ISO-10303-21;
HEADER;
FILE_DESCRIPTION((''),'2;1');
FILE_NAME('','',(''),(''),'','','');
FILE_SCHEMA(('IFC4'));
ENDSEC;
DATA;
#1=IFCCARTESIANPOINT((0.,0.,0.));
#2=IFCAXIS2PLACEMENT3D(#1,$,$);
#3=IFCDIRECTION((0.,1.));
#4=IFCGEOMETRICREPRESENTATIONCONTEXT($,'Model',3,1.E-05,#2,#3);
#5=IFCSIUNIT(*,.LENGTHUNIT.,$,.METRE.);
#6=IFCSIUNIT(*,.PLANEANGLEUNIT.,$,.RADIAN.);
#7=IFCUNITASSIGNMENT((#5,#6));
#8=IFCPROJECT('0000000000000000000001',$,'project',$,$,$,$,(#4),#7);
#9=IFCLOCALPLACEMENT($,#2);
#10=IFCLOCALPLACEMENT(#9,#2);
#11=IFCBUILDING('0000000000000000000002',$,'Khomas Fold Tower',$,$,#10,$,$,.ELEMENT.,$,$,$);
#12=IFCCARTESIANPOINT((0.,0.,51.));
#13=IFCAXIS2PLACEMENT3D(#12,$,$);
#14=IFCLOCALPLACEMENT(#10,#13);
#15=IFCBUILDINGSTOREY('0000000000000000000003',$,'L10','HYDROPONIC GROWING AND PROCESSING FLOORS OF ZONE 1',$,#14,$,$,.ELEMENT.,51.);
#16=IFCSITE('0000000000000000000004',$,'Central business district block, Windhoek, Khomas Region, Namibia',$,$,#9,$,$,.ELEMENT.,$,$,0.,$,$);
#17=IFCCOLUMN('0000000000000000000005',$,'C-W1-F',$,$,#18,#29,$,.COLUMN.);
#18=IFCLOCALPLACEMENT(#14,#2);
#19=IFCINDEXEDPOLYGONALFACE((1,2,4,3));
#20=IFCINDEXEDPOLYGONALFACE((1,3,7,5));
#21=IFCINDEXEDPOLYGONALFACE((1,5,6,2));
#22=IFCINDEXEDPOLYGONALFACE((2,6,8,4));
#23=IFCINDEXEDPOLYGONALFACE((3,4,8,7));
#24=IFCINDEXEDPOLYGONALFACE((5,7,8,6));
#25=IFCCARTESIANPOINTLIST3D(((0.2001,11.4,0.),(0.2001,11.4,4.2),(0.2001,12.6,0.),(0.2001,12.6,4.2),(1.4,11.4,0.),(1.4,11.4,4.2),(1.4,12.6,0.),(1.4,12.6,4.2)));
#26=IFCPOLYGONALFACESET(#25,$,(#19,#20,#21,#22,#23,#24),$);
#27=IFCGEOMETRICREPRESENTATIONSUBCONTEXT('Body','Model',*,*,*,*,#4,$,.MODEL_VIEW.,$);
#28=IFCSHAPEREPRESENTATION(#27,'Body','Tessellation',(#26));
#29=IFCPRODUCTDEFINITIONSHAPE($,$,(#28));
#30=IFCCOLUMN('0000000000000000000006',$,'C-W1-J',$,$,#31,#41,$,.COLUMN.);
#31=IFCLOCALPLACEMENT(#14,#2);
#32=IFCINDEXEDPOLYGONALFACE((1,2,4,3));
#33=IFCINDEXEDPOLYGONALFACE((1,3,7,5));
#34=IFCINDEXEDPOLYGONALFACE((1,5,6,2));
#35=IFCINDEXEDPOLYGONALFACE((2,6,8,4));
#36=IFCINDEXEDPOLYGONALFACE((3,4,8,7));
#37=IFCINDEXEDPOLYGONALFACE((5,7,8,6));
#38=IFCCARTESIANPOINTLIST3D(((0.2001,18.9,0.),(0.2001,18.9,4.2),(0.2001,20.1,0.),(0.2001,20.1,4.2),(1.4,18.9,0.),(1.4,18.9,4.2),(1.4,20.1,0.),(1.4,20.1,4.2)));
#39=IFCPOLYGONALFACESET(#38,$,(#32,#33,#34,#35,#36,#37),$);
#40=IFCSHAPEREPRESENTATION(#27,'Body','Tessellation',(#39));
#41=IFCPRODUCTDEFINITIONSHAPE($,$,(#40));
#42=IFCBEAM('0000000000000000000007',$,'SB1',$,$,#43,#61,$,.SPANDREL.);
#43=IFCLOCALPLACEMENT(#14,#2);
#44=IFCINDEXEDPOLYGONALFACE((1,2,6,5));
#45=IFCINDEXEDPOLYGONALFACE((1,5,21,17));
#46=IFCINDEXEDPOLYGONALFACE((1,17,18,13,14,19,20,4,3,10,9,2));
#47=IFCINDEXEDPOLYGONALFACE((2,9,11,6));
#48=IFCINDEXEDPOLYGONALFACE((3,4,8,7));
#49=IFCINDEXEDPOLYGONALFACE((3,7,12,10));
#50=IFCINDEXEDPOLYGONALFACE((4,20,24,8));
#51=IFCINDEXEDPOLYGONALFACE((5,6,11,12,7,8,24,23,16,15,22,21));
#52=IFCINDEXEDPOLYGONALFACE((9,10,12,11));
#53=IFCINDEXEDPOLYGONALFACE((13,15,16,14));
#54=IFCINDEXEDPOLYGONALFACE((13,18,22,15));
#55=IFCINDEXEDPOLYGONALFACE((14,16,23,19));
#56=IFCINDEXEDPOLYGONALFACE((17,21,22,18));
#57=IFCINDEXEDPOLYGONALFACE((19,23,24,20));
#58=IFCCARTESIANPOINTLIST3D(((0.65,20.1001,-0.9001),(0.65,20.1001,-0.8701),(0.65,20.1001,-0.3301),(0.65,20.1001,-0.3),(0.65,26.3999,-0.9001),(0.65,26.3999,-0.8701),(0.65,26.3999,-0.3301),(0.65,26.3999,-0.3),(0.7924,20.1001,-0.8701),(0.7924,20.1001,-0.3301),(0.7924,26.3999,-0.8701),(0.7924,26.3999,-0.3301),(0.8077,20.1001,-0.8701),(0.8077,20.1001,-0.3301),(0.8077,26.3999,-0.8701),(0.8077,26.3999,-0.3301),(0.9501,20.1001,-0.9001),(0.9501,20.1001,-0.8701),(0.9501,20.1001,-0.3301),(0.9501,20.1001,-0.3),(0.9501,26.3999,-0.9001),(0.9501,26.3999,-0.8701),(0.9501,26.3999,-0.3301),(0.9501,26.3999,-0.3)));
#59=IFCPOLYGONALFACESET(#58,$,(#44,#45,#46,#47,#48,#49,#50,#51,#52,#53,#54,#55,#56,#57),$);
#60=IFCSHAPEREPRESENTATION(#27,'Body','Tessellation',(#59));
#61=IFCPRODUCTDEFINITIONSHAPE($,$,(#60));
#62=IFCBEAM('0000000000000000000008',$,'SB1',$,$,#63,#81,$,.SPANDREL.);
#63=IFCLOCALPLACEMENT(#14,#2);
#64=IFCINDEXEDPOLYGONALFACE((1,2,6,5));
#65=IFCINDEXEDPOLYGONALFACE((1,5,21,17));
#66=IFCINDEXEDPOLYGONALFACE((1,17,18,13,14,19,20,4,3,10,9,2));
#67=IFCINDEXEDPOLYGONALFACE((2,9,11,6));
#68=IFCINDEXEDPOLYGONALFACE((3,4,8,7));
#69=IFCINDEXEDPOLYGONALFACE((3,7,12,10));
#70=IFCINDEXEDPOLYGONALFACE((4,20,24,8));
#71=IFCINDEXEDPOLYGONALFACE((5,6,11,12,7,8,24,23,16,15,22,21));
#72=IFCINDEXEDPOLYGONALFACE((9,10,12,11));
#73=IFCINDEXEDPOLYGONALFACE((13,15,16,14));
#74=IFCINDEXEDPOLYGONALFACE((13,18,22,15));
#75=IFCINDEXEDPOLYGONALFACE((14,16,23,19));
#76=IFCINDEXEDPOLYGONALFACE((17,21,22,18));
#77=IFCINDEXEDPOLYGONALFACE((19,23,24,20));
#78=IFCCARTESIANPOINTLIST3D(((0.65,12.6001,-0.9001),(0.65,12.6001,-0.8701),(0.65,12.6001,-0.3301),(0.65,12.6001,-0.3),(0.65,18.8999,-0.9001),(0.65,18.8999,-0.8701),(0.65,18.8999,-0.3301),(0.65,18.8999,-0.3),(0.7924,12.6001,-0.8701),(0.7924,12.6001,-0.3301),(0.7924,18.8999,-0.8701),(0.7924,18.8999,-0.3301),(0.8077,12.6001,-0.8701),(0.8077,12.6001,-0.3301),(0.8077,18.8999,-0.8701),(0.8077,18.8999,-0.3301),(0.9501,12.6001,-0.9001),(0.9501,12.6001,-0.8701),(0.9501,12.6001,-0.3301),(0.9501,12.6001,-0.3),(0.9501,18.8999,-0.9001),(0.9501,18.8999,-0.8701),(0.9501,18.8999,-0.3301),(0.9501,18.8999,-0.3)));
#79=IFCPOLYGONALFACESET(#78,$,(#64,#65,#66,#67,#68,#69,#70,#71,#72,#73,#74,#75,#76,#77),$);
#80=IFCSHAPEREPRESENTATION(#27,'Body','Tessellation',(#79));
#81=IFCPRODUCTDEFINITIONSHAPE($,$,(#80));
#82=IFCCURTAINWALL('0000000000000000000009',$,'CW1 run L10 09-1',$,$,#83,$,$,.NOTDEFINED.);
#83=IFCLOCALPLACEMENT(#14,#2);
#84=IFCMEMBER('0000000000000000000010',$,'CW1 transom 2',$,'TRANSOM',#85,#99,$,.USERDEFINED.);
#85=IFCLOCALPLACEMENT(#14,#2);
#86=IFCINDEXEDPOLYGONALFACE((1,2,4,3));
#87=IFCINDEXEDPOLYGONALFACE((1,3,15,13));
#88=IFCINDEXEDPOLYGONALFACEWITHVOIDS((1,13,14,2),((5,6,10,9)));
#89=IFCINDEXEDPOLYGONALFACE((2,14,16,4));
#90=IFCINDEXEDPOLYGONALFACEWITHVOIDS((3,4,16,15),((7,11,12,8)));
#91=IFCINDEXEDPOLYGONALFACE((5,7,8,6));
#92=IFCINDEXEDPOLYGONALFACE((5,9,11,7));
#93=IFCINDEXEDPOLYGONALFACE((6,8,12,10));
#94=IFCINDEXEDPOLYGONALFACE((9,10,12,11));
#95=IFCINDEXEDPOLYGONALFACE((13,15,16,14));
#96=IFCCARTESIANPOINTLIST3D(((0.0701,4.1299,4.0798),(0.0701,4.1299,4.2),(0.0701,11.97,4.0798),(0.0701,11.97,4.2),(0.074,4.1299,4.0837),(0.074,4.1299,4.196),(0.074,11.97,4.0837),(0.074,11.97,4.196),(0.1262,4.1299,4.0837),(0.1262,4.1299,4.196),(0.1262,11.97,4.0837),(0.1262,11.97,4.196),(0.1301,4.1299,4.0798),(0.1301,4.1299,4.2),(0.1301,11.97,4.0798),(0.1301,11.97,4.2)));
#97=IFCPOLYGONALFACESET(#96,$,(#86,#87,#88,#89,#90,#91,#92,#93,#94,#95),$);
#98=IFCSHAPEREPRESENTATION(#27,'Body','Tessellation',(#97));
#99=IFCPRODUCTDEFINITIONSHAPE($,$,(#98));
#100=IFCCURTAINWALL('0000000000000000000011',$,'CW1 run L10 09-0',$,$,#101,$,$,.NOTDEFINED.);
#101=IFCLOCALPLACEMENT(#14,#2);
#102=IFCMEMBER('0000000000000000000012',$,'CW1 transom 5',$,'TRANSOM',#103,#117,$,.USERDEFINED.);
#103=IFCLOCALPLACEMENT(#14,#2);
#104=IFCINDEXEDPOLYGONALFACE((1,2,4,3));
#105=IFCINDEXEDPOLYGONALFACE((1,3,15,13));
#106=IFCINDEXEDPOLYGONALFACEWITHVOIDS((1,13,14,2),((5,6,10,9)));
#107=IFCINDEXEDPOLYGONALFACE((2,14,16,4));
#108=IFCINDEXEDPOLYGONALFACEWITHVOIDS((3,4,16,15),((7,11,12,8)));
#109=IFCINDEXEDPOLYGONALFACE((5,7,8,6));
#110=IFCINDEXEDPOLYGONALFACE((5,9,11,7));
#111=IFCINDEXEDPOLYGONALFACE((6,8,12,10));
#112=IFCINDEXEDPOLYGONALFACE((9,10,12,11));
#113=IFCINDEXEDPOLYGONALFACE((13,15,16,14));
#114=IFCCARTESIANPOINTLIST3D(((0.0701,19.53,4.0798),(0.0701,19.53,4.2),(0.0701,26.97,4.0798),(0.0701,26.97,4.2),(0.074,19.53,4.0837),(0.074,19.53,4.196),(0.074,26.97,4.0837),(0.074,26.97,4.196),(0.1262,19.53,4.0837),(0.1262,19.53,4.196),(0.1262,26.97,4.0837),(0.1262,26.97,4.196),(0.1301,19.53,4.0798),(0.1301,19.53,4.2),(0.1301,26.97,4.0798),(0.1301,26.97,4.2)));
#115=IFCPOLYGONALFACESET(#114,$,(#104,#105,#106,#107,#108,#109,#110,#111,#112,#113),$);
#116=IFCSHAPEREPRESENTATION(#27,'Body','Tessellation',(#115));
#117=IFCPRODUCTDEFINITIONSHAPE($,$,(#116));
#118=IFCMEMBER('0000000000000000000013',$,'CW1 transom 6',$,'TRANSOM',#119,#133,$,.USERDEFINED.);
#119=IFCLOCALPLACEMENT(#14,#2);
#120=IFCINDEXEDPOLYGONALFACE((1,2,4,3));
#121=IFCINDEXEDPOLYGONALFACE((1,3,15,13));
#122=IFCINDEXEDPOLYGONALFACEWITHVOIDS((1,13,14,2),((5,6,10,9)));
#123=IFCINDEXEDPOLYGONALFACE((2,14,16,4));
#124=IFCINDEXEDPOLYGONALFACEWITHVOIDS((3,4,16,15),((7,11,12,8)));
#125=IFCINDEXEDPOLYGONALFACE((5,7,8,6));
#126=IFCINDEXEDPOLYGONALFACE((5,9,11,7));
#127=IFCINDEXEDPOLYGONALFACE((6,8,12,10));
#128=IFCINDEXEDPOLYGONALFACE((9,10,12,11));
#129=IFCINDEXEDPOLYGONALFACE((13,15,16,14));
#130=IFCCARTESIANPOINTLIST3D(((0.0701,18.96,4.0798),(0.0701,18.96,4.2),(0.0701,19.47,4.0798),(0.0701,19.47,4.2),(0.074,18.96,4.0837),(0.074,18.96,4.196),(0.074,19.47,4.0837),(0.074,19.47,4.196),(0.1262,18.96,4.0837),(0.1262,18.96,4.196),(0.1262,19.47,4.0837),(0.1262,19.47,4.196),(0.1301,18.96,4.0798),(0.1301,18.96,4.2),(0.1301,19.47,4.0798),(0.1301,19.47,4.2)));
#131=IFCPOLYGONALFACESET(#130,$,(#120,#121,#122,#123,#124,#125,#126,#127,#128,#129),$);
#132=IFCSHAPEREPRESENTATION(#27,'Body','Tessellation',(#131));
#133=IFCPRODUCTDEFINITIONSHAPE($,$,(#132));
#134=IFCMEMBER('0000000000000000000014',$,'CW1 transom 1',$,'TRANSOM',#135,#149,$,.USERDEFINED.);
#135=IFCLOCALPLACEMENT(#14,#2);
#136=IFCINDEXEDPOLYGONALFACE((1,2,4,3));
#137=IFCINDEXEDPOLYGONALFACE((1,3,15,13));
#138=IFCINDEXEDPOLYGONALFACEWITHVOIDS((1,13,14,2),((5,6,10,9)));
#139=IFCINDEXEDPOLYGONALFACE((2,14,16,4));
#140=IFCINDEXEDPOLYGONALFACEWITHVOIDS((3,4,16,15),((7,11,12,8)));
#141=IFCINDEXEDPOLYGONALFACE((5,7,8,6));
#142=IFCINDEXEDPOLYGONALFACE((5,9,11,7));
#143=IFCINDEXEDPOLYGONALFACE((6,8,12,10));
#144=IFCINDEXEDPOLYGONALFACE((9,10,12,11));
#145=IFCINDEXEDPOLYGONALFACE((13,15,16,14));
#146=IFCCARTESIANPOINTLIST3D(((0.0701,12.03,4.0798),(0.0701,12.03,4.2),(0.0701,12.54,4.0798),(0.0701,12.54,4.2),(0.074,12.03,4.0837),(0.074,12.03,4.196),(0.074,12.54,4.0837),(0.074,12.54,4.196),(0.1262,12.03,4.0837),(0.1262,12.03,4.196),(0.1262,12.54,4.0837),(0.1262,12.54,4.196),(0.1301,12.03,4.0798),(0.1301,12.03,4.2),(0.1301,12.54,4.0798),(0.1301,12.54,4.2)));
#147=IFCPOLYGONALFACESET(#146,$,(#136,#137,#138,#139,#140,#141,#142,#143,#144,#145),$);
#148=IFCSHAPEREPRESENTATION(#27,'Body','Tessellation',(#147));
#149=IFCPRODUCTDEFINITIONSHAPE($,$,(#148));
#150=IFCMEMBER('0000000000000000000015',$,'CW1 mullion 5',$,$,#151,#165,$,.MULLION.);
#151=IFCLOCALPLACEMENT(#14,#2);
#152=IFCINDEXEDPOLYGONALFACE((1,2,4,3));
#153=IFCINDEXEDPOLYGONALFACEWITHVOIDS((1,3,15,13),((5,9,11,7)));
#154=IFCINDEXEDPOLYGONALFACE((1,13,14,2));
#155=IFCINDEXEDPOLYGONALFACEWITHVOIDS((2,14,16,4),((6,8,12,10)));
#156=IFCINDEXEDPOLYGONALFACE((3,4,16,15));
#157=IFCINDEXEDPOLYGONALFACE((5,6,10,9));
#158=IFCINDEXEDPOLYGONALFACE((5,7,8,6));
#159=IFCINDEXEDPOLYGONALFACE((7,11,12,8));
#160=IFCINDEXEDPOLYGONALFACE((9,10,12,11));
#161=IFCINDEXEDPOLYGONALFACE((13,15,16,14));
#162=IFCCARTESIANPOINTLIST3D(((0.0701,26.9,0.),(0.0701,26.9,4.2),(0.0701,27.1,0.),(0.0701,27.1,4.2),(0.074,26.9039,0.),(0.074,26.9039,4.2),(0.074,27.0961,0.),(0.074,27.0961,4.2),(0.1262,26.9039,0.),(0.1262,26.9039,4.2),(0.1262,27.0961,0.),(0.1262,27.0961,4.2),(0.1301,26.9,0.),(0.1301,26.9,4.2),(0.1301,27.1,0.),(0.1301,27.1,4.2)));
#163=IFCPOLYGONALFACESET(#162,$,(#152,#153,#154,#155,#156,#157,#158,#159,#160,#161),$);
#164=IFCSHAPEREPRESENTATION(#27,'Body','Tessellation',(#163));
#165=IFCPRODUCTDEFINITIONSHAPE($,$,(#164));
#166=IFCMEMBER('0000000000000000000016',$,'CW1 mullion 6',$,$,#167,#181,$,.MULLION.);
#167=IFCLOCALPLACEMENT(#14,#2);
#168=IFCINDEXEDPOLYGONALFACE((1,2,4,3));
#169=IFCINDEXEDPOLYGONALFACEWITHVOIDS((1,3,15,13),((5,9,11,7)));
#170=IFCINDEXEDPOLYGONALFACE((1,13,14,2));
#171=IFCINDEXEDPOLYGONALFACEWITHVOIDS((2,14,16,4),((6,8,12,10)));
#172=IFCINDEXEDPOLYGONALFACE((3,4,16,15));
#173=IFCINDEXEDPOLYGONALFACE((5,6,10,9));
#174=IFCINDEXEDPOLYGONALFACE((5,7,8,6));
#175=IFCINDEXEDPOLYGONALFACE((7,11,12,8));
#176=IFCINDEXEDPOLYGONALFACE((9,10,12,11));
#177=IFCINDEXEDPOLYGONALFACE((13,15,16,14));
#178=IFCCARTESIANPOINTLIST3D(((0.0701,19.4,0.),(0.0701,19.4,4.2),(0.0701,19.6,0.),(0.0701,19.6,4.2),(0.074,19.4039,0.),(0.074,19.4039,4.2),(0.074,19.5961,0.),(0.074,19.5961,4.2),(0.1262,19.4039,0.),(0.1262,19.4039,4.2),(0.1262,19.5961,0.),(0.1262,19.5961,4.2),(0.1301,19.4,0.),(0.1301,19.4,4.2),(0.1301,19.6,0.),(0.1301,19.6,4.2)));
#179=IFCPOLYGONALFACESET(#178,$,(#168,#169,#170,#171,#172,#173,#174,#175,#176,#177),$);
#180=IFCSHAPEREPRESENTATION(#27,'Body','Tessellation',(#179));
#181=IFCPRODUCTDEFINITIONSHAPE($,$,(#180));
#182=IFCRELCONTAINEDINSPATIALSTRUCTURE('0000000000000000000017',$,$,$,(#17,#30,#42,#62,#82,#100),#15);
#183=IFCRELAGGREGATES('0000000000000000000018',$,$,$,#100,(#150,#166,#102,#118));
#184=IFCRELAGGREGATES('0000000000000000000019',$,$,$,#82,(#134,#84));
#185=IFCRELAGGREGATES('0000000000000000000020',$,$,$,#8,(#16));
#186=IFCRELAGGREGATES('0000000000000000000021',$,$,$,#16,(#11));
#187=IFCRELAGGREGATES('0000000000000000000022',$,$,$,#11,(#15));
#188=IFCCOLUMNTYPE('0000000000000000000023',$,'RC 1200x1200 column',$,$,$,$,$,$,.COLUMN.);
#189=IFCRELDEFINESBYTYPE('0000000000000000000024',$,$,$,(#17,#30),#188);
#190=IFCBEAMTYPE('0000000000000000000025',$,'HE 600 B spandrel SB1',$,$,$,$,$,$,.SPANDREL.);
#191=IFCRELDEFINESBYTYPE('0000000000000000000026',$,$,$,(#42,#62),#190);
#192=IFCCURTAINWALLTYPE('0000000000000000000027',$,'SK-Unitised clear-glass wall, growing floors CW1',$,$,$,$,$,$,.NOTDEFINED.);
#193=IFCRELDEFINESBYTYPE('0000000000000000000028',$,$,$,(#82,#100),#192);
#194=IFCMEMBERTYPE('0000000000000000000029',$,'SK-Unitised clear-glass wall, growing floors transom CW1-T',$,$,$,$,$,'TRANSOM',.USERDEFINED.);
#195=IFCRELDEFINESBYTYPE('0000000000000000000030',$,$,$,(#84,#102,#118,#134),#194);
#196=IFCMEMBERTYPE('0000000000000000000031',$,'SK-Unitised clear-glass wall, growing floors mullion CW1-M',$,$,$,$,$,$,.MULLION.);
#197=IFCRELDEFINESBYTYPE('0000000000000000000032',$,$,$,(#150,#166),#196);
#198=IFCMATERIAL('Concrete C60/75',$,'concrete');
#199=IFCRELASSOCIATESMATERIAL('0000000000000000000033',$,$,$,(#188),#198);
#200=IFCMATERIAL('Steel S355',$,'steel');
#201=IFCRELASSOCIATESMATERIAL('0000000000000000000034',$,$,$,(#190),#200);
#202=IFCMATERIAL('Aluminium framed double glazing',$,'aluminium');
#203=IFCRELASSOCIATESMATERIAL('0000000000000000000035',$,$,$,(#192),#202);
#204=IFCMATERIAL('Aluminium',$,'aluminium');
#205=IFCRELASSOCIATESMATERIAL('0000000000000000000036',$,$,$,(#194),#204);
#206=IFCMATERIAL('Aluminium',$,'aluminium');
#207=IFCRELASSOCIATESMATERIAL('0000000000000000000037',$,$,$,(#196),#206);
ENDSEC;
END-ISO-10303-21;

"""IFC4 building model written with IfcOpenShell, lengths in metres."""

from ifc_helpers import new_model, si_unit, direction, frame, origin, origin_2d, place, context, subcontext, project, spatial, rectangle, hollow_rectangle, i_section, extrude, source, transform, mapped, material, material_profile, profile_set, type_object, element, aggregate, save


model = new_model("IFC4")

# Units and contexts
model_context = context("Model", 3, precision=1e-05, world=origin(), true_north=direction((0.0, 1.0)))
body_context = subcontext(model_context, "Body", "Model", "MODEL_VIEW")
ifc_project = project(units=[si_unit("LENGTHUNIT", "METRE"), si_unit("PLANEANGLEUNIT", "RADIAN")], contexts=[model_context])

# Site, building, storey
site_placement = place(None, origin())
site = spatial("IfcSite", under=ifc_project, at=site_placement, Name="Central business district block, Windhoek, Khomas Region, Namibia", CompositionType="ELEMENT", RefElevation=0.0)
building_placement = place(site_placement, origin())
building = spatial("IfcBuilding", under=site, at=building_placement, Name="Khomas Fold Tower", CompositionType="ELEMENT")
storey_placement = place(building_placement, frame((0.0, 0.0, 51.0)))
storey = spatial("IfcBuildingStorey", under=building, at=storey_placement, Name="L10", Description="HYDROPONIC GROWING AND PROCESSING FLOORS OF ZONE 1", CompositionType="ELEMENT", Elevation=51.0)

# Columns
ifc_material_1 = material(Name="Concrete C60/75", Category="concrete")
ifc_material_profile_1 = material_profile(ifc_material_1, rectangle(XDim=1.2, YDim=1.2, at=origin_2d()), Name="RC 1200x1200")
ifc_profile_set_1 = profile_set([ifc_material_profile_1], Name="Concrete C60/75")
column_type = type_object("IfcColumnType", Name="RC 1200x1200 column", PredefinedType="COLUMN", material=ifc_profile_set_1)
shared_shape_1 = source(origin(), body_context, "Body", "SweptSolid", [
    extrude(rectangle(XDim=1.2, YDim=1.2, at=origin_2d()), origin(), (0.0, 0.0, 1.0), 4.2),
])
for number, where, z_axis, x_axis, name in (
    (1, (0.8, 12.0, 0.0), (0.0, 0.0, 1.0), (1.0, 0.0, 0.0), "C-W1-F"),
    (2, (0.8, 19.5, 0.0), (0.0, 0.0, 1.0), (1.0, 0.0, 0.0), "C-W1-J"),
):
    element("IfcColumn", number, at=place(storey_placement, frame(where, z_axis=z_axis, x_axis=x_axis)), inside=storey, type_object=column_type, Name=name, PredefinedType="COLUMN", context=body_context, shape_type="MappedRepresentation", body=[
        mapped(shared_shape_1, transform((0.0, 0.0, 0.0))),
    ])

# Beams
ifc_material_2 = material(Name="Steel S355", Category="steel")
ifc_material_profile_2 = material_profile(ifc_material_2, i_section(OverallWidth=0.3, OverallDepth=0.6001, WebThickness=0.0154, FlangeThickness=0.03, at=origin_2d()), Name="HE 600 B")
ifc_profile_set_2 = profile_set([ifc_material_profile_2], Name="Steel S355")
beam_type = type_object("IfcBeamType", Name="HE 600 B spandrel SB1", PredefinedType="SPANDREL", material=ifc_profile_set_2)
shared_shape_2 = source(origin(), body_context, "Body", "SweptSolid", [
    extrude(i_section(OverallWidth=0.3, OverallDepth=0.6001, WebThickness=0.0154, FlangeThickness=0.03, at=origin_2d()), origin(), (0.0, 0.0, 1.0), 6.2998),
])
for number, where, z_axis, x_axis, name in (
    (3, (0.8, 20.1001, -0.6001), (0.0, 1.0, 0.0), (-1.0, 0.0, 0.0), "SB1"),
    (4, (0.8, 12.6001, -0.6001), (0.0, 1.0, 0.0), (-1.0, 0.0, 0.0), "SB1"),
):
    element("IfcBeam", number, at=place(storey_placement, frame(where, z_axis=z_axis, x_axis=x_axis)), inside=storey, type_object=beam_type, Name=name, PredefinedType="SPANDREL", context=body_context, shape_type="MappedRepresentation", body=[
        mapped(shared_shape_2, transform((0.0, 0.0, 0.0))),
    ])

# Curtain wall, member
ifc_material_3 = material(Name="Aluminium framed double glazing", Category="aluminium")
curtain_wall_type = type_object("IfcCurtainWallType", Name="SK-Unitised clear-glass wall, growing floors CW1", PredefinedType="NOTDEFINED", material=ifc_material_3)
curtain_wall_1_placement = place(storey_placement, origin())
curtain_wall_1 = element("IfcCurtainWall", 5, at=curtain_wall_1_placement, inside=storey, type_object=curtain_wall_type, Name="CW1 run L10 09-1", PredefinedType="NOTDEFINED")
ifc_material_4 = material(Name="Aluminium", Category="aluminium")
ifc_material_profile_3 = material_profile(ifc_material_4, hollow_rectangle(XDim=0.0601, YDim=0.1201, WallThickness=0.0039, at=origin_2d()), Name="SK-Unitised clear-glass wall, growing floors transom CW1-T")
ifc_profile_set_3 = profile_set([ifc_material_profile_3], Name="Aluminium")
member_type_1 = type_object("IfcMemberType", Name="SK-Unitised clear-glass wall, growing floors transom CW1-T", ElementType="TRANSOM", PredefinedType="USERDEFINED", material=ifc_profile_set_3)
shared_shape_3 = source(origin(), body_context, "Body", "SweptSolid", [
    extrude(hollow_rectangle(XDim=0.0601, YDim=0.1201, WallThickness=0.0039, at=origin_2d()), origin(), (0.0, 0.0, 1.0), 7.8401),
])
member_1_placement = place(storey_placement, frame((0.1001, 11.97, 4.1399), z_axis=(0.0, -1.0, 0.0), x_axis=(1.0, 0.0, 0.0)))
member_1 = element("IfcMember", 6, at=member_1_placement, type_object=member_type_1, Name="CW1 transom 2", ObjectType="TRANSOM", PredefinedType="USERDEFINED", context=body_context, shape_type="MappedRepresentation", body=[
    mapped(shared_shape_3, transform((0.0, 0.0, 0.0))),
])

# Curtain wall, members
curtain_wall_2_placement = place(storey_placement, origin())
curtain_wall_2 = element("IfcCurtainWall", 7, at=curtain_wall_2_placement, inside=storey, type_object=curtain_wall_type, Name="CW1 run L10 09-0", PredefinedType="NOTDEFINED")
shared_shape_4 = source(origin(), body_context, "Body", "SweptSolid", [
    extrude(hollow_rectangle(XDim=0.0601, YDim=0.1201, WallThickness=0.0039, at=origin_2d()), origin(), (0.0, 0.0, 1.0), 7.4399),
])
member_2_placement = place(storey_placement, frame((0.1001, 26.97, 4.1399), z_axis=(0.0, -1.0, 0.0), x_axis=(1.0, 0.0, 0.0)))
member_2 = element("IfcMember", 8, at=member_2_placement, type_object=member_type_1, Name="CW1 transom 5", ObjectType="TRANSOM", PredefinedType="USERDEFINED", context=body_context, shape_type="MappedRepresentation", body=[
    mapped(shared_shape_4, transform((0.0, 0.0, 0.0))),
])
shared_shape_5 = source(origin(), body_context, "Body", "SweptSolid", [
    extrude(hollow_rectangle(XDim=0.0601, YDim=0.1201, WallThickness=0.0039, at=origin_2d()), origin(), (0.0, 0.0, 1.0), 0.51),
])
member_3_placement = place(storey_placement, frame((0.1001, 19.47, 4.1399), z_axis=(0.0, -1.0, 0.0), x_axis=(1.0, 0.0, 0.0)))
member_3 = element("IfcMember", 9, at=member_3_placement, type_object=member_type_1, Name="CW1 transom 6", ObjectType="TRANSOM", PredefinedType="USERDEFINED", context=body_context, shape_type="MappedRepresentation", body=[
    mapped(shared_shape_5, transform((0.0, 0.0, 0.0))),
])

# Members
member_4_placement = place(storey_placement, frame((0.1001, 12.54, 4.1399), z_axis=(0.0, -1.0, 0.0), x_axis=(1.0, 0.0, 0.0)))
member_4 = element("IfcMember", 10, at=member_4_placement, type_object=member_type_1, Name="CW1 transom 1", ObjectType="TRANSOM", PredefinedType="USERDEFINED", context=body_context, shape_type="MappedRepresentation", body=[
    mapped(shared_shape_5, transform((0.0, 0.0, 0.0))),
])
ifc_material_5 = material(Name="Aluminium", Category="aluminium")
ifc_material_profile_4 = material_profile(ifc_material_5, hollow_rectangle(XDim=0.0601, YDim=0.2, WallThickness=0.0039, at=origin_2d()), Name="SK-Unitised clear-glass wall, growing floors mullion CW1-M")
ifc_profile_set_4 = profile_set([ifc_material_profile_4], Name="Aluminium")
member_type_2 = type_object("IfcMemberType", Name="SK-Unitised clear-glass wall, growing floors mullion CW1-M", PredefinedType="MULLION", material=ifc_profile_set_4)
shared_shape_6 = source(origin(), body_context, "Body", "SweptSolid", [
    extrude(hollow_rectangle(XDim=0.0601, YDim=0.2, WallThickness=0.0039, at=origin_2d()), origin(), (0.0, 0.0, 1.0), 4.2),
])
member_5_placement = place(storey_placement, frame((0.1001, 27.0, 0.0), z_axis=(0.0, 0.0, 1.0), x_axis=(1.0, 0.0, 0.0)))
member_5 = element("IfcMember", 11, at=member_5_placement, type_object=member_type_2, Name="CW1 mullion 5", PredefinedType="MULLION", context=body_context, shape_type="MappedRepresentation", body=[
    mapped(shared_shape_6, transform((0.0, 0.0, 0.0))),
])
member_6_placement = place(storey_placement, frame((0.1001, 19.5, 0.0), z_axis=(0.0, 0.0, 1.0), x_axis=(1.0, 0.0, 0.0)))
member_6 = element("IfcMember", 12, at=member_6_placement, type_object=member_type_2, Name="CW1 mullion 6", PredefinedType="MULLION", context=body_context, shape_type="MappedRepresentation", body=[
    mapped(shared_shape_6, transform((0.0, 0.0, 0.0))),
])

aggregate(curtain_wall_2, [member_5, member_6, member_2, member_3])
aggregate(curtain_wall_1, [member_4, member_1])

save(model, "model.ifc")
